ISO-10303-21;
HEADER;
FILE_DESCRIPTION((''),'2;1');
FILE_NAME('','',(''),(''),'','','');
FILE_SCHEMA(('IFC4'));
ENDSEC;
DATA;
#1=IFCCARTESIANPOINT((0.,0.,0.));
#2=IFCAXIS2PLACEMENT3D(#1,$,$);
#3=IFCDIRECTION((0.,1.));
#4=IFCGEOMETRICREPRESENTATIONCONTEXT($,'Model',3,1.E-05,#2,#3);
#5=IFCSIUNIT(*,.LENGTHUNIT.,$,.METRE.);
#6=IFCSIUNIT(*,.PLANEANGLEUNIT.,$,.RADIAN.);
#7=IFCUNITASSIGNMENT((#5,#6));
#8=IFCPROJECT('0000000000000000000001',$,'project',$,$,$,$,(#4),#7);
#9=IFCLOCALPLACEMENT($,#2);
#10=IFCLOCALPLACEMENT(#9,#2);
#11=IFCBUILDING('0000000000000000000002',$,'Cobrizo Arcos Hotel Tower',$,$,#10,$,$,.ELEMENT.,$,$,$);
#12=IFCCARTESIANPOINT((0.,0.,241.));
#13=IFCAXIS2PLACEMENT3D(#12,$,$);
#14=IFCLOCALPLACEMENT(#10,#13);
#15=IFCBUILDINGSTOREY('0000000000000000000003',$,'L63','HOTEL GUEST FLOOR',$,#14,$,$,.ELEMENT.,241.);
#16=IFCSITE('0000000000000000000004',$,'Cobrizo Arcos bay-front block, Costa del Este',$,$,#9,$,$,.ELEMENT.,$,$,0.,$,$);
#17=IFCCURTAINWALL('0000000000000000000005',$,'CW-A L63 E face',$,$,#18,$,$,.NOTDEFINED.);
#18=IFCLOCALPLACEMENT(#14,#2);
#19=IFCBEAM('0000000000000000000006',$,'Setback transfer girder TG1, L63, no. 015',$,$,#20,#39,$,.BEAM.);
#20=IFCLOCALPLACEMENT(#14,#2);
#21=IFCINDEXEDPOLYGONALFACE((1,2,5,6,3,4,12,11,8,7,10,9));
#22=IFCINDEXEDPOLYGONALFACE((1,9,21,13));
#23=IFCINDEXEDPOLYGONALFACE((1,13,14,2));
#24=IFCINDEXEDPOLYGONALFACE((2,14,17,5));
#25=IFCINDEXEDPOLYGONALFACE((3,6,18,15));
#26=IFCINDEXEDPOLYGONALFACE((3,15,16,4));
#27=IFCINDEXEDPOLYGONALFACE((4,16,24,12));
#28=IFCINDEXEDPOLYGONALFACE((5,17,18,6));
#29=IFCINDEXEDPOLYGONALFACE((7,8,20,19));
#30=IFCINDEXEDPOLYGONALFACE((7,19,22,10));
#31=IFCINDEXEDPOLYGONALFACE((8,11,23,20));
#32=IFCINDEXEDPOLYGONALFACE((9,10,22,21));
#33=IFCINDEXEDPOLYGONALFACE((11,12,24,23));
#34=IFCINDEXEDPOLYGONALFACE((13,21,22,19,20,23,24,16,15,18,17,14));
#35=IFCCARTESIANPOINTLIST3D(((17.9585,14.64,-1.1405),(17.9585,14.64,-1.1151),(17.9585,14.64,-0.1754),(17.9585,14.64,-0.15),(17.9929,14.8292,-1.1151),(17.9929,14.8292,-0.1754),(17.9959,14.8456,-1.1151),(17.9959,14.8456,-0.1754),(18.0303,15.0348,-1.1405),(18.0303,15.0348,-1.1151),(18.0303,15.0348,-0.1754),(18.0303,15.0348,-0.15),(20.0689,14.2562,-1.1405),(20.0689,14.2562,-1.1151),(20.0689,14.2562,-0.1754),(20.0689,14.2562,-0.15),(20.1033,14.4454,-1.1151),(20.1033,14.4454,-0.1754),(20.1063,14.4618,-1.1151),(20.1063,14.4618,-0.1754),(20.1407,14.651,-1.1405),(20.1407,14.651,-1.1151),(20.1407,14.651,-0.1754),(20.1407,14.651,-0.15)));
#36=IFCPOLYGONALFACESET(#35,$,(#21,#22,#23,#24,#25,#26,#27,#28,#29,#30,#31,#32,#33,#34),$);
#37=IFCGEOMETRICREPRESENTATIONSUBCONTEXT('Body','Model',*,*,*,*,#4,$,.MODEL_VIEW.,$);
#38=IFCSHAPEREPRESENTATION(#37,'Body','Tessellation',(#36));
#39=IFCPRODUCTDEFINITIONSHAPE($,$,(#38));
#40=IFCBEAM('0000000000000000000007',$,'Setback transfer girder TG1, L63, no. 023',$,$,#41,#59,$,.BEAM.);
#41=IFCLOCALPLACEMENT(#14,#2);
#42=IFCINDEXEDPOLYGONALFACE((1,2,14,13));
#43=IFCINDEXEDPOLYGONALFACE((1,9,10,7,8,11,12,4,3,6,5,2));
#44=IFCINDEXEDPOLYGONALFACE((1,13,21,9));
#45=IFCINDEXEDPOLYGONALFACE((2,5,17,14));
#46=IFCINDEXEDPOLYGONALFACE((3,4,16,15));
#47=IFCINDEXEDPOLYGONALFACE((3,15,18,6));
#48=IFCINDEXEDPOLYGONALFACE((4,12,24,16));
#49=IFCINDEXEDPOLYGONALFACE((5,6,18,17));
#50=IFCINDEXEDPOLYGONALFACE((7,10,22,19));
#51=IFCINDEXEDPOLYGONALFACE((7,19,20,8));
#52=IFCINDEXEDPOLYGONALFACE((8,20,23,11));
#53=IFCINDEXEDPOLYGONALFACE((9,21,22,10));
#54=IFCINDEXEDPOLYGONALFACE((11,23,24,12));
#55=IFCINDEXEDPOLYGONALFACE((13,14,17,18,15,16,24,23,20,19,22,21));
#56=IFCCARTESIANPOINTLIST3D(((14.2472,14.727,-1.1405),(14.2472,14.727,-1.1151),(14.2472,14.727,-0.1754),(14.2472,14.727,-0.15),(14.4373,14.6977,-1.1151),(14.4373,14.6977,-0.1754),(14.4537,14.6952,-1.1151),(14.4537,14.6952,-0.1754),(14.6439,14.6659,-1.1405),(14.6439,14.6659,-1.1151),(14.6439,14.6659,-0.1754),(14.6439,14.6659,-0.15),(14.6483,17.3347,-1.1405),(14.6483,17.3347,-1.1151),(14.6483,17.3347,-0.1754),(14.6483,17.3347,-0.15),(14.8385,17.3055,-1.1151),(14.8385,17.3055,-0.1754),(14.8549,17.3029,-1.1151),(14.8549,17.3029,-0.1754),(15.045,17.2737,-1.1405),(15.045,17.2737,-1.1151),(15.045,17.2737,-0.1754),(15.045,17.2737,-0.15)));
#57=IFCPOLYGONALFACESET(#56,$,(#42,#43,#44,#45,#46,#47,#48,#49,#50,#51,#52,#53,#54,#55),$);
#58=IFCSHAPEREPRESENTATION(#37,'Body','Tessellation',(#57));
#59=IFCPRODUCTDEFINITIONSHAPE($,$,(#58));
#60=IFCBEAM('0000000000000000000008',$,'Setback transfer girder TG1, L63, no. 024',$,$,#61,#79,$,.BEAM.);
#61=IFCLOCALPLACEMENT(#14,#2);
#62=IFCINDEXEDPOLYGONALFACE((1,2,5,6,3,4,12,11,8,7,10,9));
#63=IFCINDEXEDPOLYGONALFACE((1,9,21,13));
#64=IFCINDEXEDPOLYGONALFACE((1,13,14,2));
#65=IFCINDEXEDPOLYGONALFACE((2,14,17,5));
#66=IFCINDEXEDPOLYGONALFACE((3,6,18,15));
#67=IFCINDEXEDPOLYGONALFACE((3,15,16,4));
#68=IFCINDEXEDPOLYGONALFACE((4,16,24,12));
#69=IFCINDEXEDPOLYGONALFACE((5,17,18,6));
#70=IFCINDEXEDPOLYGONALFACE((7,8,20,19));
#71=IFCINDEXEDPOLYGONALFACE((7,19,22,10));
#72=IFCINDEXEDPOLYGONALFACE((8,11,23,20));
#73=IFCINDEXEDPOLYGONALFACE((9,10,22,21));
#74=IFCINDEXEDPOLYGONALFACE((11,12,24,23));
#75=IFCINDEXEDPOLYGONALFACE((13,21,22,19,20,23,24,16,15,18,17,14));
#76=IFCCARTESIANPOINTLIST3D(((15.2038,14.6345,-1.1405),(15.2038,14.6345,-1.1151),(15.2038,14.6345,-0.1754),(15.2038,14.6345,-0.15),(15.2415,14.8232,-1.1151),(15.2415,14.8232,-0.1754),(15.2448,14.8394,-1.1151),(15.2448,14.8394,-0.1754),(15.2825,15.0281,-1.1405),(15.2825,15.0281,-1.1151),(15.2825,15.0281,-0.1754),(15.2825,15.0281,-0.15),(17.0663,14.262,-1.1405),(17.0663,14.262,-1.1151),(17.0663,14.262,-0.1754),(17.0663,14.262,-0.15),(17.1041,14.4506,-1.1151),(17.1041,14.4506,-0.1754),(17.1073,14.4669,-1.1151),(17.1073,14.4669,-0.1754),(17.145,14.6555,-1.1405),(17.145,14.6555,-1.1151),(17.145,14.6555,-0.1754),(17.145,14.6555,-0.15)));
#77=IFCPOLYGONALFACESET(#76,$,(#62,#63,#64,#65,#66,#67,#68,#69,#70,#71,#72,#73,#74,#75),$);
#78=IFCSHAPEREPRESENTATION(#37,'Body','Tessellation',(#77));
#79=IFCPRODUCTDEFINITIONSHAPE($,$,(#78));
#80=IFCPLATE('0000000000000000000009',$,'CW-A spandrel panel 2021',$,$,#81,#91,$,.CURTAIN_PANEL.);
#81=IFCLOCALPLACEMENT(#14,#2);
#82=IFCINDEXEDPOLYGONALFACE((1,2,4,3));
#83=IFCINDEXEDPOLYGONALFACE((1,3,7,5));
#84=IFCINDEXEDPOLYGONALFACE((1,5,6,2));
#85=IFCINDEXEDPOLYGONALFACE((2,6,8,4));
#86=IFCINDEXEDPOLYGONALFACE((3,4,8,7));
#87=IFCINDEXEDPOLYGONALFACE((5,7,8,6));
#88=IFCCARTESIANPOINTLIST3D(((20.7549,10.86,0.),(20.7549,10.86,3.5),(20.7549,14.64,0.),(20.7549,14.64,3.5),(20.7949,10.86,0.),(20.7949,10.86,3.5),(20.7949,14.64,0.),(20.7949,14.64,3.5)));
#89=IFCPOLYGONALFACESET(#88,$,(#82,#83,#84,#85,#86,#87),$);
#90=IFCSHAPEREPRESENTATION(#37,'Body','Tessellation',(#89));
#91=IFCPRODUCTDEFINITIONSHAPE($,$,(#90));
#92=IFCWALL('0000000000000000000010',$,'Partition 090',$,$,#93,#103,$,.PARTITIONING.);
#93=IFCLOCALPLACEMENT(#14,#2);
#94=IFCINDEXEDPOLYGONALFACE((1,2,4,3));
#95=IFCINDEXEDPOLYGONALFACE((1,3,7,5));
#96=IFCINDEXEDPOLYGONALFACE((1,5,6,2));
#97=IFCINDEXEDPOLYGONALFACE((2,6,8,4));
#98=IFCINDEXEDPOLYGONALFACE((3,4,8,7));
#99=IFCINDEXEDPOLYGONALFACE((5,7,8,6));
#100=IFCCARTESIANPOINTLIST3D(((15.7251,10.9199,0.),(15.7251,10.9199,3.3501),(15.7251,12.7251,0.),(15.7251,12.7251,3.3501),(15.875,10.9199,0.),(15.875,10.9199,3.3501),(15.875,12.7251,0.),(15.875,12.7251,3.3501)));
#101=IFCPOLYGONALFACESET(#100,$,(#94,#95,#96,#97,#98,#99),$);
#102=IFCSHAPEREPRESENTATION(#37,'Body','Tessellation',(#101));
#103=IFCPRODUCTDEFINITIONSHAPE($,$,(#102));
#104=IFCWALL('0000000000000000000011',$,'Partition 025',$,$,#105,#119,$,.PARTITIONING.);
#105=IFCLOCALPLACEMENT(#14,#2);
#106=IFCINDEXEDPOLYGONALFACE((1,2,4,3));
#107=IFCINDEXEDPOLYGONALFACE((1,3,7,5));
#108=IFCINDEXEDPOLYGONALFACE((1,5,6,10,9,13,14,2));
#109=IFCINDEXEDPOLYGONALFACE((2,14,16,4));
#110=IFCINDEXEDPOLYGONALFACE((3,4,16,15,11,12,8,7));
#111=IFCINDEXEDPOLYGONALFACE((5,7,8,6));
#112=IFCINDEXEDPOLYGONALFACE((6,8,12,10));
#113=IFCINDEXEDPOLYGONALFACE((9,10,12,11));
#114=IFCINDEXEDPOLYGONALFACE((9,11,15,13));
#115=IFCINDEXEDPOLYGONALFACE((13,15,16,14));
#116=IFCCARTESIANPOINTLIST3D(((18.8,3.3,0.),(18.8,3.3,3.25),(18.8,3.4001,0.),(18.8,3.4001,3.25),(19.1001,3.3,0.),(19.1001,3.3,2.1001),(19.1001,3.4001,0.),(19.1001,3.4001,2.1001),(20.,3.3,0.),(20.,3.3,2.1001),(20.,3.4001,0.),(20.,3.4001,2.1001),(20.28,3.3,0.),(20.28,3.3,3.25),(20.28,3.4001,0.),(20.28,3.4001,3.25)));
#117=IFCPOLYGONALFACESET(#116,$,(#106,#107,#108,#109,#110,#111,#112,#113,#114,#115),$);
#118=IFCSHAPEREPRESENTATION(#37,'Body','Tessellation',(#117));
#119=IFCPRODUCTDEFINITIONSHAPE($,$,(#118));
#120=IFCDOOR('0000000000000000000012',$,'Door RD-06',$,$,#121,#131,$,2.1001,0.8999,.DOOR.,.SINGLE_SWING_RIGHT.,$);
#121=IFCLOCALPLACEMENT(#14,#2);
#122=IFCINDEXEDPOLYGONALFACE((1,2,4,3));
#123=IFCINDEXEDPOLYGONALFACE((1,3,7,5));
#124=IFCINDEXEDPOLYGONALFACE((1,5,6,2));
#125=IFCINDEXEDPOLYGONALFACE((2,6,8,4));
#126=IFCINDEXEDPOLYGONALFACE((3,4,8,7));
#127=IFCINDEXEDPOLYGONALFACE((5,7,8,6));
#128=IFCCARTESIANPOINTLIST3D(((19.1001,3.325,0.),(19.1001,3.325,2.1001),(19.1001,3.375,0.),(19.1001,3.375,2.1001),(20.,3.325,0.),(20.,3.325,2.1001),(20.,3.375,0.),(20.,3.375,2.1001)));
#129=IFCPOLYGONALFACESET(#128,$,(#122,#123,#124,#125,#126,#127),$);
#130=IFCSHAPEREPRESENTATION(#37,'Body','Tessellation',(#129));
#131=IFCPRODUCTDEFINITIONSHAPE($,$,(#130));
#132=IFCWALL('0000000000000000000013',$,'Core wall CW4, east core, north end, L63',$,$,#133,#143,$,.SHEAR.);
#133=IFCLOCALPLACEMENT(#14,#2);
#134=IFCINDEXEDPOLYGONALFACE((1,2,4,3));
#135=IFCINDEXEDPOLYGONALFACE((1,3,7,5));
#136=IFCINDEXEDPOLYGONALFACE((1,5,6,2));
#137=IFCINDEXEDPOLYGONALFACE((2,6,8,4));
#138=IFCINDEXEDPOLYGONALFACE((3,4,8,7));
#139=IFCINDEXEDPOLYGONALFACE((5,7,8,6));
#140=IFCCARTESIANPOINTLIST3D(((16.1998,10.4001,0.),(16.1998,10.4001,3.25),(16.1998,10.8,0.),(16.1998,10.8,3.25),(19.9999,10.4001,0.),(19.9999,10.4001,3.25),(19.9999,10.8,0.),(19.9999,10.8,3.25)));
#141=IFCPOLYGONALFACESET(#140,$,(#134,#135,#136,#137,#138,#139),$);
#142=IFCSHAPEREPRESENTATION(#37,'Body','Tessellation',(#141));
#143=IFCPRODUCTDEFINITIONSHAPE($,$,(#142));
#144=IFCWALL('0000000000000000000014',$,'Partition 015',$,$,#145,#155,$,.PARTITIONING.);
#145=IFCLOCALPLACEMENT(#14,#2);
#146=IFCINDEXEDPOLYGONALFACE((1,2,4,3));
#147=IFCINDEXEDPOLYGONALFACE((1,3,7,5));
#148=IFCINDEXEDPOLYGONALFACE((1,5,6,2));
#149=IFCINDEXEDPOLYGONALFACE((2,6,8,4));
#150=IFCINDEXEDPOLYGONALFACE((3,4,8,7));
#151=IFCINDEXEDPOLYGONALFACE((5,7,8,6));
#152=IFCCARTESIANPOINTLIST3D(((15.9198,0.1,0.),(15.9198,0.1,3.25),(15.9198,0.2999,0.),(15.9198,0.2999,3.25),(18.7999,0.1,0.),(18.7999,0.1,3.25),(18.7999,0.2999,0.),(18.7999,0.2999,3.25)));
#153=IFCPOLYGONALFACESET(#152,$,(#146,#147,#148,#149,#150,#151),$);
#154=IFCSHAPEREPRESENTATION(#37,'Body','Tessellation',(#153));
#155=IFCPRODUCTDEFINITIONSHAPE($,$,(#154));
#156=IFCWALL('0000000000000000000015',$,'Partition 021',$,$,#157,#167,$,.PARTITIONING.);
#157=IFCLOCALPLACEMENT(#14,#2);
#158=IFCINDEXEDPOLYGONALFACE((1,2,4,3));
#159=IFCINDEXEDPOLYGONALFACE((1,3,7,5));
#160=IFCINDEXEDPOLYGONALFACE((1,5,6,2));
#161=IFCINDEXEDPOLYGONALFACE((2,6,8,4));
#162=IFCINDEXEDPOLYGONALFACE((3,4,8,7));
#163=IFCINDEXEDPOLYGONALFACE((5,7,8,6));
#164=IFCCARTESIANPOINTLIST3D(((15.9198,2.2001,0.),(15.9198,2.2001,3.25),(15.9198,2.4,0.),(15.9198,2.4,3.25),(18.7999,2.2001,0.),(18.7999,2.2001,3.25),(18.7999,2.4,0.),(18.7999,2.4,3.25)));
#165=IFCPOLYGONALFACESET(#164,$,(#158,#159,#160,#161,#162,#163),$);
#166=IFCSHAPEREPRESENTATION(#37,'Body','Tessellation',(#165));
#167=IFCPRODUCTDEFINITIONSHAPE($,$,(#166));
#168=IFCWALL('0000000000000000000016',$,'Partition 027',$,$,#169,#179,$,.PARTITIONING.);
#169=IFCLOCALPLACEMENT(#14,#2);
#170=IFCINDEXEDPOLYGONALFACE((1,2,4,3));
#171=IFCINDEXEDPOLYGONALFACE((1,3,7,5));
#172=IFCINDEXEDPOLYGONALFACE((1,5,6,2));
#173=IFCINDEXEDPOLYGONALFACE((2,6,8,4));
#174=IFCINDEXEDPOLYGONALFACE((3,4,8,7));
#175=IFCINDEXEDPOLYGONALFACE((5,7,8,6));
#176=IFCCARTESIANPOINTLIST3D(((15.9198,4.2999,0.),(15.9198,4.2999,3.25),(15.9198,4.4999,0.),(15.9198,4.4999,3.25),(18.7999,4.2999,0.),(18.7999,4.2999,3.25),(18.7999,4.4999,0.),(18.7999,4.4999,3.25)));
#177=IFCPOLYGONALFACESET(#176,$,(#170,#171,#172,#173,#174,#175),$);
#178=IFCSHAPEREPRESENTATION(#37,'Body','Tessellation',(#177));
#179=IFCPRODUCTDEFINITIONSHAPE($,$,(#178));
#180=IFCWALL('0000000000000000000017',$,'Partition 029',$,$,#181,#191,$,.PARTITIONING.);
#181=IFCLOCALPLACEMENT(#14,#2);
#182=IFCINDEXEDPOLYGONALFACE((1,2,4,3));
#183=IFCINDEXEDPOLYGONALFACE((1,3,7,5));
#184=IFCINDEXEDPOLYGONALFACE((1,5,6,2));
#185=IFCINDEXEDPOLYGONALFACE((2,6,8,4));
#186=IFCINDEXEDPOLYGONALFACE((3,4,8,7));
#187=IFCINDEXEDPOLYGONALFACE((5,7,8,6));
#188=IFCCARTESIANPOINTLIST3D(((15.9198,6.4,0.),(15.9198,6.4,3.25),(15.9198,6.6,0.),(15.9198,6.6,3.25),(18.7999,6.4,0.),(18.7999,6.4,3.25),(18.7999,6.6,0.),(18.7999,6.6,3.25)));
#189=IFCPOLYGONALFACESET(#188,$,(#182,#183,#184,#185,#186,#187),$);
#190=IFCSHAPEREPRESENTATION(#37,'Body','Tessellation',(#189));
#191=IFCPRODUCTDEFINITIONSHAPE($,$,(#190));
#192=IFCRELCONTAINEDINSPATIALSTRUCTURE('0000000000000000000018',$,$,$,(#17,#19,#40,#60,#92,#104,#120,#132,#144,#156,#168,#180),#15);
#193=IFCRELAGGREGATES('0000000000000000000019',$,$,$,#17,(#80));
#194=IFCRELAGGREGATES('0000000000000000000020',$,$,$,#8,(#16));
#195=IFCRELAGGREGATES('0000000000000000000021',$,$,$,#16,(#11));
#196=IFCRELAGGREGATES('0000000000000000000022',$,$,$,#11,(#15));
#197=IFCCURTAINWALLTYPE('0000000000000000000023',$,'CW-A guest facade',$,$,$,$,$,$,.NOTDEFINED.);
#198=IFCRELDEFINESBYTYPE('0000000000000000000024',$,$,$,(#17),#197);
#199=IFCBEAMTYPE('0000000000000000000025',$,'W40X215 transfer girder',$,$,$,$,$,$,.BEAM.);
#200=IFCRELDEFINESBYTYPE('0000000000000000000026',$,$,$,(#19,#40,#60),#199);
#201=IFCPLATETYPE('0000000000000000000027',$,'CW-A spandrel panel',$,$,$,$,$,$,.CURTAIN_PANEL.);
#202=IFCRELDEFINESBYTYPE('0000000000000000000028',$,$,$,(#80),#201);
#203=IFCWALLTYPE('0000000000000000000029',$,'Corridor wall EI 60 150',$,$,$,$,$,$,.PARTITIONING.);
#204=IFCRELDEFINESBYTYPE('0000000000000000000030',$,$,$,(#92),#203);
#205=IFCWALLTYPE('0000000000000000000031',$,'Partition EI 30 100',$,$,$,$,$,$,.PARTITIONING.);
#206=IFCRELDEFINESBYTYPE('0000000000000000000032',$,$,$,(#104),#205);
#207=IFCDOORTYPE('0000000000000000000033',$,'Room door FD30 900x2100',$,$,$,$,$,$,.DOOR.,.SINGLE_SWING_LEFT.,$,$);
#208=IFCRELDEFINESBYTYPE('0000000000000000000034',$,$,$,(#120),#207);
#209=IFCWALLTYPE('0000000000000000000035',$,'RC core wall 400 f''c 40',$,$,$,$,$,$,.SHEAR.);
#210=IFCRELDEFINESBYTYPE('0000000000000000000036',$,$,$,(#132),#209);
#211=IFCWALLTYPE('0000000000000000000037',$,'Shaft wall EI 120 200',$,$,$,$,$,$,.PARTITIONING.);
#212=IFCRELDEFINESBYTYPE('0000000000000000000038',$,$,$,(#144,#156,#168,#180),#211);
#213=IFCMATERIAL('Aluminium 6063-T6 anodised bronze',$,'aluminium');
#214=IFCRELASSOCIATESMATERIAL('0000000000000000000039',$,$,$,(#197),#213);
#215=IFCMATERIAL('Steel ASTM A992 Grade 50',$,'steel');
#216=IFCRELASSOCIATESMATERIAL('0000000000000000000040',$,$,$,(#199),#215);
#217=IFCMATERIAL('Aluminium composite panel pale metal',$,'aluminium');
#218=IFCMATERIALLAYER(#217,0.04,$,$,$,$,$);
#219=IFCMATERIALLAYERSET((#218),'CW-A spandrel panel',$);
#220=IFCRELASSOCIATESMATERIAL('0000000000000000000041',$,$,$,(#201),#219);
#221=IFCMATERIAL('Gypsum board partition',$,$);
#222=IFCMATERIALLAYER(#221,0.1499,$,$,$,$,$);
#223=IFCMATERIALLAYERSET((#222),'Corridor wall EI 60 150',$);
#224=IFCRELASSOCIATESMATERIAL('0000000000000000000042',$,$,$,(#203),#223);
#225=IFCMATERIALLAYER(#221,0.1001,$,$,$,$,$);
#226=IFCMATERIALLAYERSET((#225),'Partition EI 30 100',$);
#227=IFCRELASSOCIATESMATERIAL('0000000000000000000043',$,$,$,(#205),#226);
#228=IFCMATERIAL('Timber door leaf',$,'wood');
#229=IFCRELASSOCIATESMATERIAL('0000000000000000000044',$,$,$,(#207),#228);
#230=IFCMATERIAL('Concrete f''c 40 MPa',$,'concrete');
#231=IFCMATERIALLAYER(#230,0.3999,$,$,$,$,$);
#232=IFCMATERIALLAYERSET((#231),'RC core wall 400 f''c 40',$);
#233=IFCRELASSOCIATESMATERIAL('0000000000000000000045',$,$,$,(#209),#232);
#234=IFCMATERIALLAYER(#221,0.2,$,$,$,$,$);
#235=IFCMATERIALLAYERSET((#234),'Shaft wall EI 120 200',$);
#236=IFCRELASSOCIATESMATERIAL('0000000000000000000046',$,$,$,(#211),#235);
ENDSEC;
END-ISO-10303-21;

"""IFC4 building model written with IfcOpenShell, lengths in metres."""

from ifc_helpers import new_model, si_unit, direction, frame, frame_2d, origin, origin_2d, place, context, subcontext, project, spatial, rectangle, i_section, extrude, material, layer, layer_set, material_profile, profile_set, type_object, element, fill, aggregate, save


model = new_model("IFC4")

# Units and contexts
model_context = context("Model", 3, precision=1e-05, world=origin(), true_north=direction((0.0, 1.0)))
body_context = subcontext(model_context, "Body", "Model", "MODEL_VIEW")
ifc_project = project(units=[si_unit("LENGTHUNIT", "METRE"), si_unit("PLANEANGLEUNIT", "RADIAN")], contexts=[model_context])

# Site, building, storey
site_placement = place(None, origin())
site = spatial("IfcSite", under=ifc_project, at=site_placement, Name="Cobrizo Arcos bay-front block, Costa del Este", CompositionType="ELEMENT", RefElevation=0.0)
building_placement = place(site_placement, origin())
building = spatial("IfcBuilding", under=site, at=building_placement, Name="Cobrizo Arcos Hotel Tower", CompositionType="ELEMENT")
storey_placement = place(building_placement, frame((0.0, 0.0, 241.0)))
storey = spatial("IfcBuildingStorey", under=building, at=storey_placement, Name="L63", Description="HOTEL GUEST FLOOR", CompositionType="ELEMENT", Elevation=241.0)

# Curtain wall
ifc_material_1 = material(Name="Aluminium 6063-T6 anodised bronze", Category="aluminium")
curtain_wall_type = type_object("IfcCurtainWallType", Name="CW-A guest facade", PredefinedType="NOTDEFINED", material=ifc_material_1)
curtain_wall_placement = place(storey_placement, origin())
curtain_wall = element("IfcCurtainWall", 1, at=curtain_wall_placement, inside=storey, type_object=curtain_wall_type, Name="CW-A L63 E face", PredefinedType="NOTDEFINED")

# Beams
ifc_material_2 = material(Name="Steel ASTM A992 Grade 50", Category="steel")
ifc_material_profile_1 = material_profile(ifc_material_2, i_section(OverallWidth=0.4014, OverallDepth=0.9905, WebThickness=0.0166, FlangeThickness=0.0254, at=origin_2d()), Name="W40X215")
ifc_profile_set_1 = profile_set([ifc_material_profile_1], Name="Steel ASTM A992 Grade 50")
beam_type_1 = type_object("IfcBeamType", Name="W40X215 transfer girder", PredefinedType="BEAM", material=ifc_profile_set_1)
for number, where, z_axis, x_axis, name in (
    (2, (17.9944, 14.8374, -0.6453), (0.983863, -0.178926, 0.0), (0.178926, 0.983863, 0.0), "Setback transfer girder TG1, L63, no. 015"),
):
    element("IfcBeam", number, at=place(storey_placement, frame(where, z_axis=z_axis, x_axis=x_axis)), inside=storey, type_object=beam_type_1, Name=name, PredefinedType="BEAM", context=body_context, shape_type="SweptSolid", body=[
        extrude(i_section(OverallWidth=0.4014, OverallDepth=0.9905, WebThickness=0.0166, FlangeThickness=0.0254, at=origin_2d()), origin(), (0.0, 0.0, 1.0), 2.145),
    ])
beam_1_placement = place(storey_placement, frame((14.8467, 17.3042, -0.6453), z_axis=(-0.152036, -0.988375, 0.0), x_axis=(0.988375, -0.152036, 0.0)))
element("IfcBeam", 3, at=beam_1_placement, inside=storey, type_object=beam_type_1, Name="Setback transfer girder TG1, L63, no. 023", PredefinedType="BEAM", context=body_context, shape_type="SweptSolid", body=[
    extrude(i_section(OverallWidth=0.4014, OverallDepth=0.9905, WebThickness=0.0166, FlangeThickness=0.0254, at=origin_2d()), origin(), (0.0, 0.0, 1.0), 2.6384),
])
beam_2_placement = place(storey_placement, frame((15.2432, 14.8313, -0.6453), z_axis=(0.980576, -0.196141, 0.0), x_axis=(0.196141, 0.980576, 0.0)))
element("IfcBeam", 4, at=beam_2_placement, inside=storey, type_object=beam_type_1, Name="Setback transfer girder TG1, L63, no. 024", PredefinedType="BEAM", context=body_context, shape_type="SweptSolid", body=[
    extrude(i_section(OverallWidth=0.4014, OverallDepth=0.9905, WebThickness=0.0166, FlangeThickness=0.0254, at=origin_2d()), origin(), (0.0, 0.0, 1.0), 1.8994),
])

# Plate
ifc_material_3 = material(Name="Aluminium composite panel pale metal", Category="aluminium")
ifc_layer_1 = layer(ifc_material_3, 0.04)
ifc_layer_set_1 = layer_set([ifc_layer_1], Name="CW-A spandrel panel")
plate_type = type_object("IfcPlateType", Name="CW-A spandrel panel", PredefinedType="CURTAIN_PANEL", material=ifc_layer_set_1)
plate_placement = place(storey_placement, frame((20.7749, 12.75, 0.0), z_axis=(0.0, 0.0, 1.0), x_axis=(0.0, 1.0, 0.0)))
plate = element("IfcPlate", 5, at=plate_placement, type_object=plate_type, Name="CW-A spandrel panel 2021", PredefinedType="CURTAIN_PANEL", context=body_context, shape_type="SweptSolid", body=[
    extrude(rectangle(XDim=3.78, YDim=0.04, at=origin_2d()), origin(), (0.0, 0.0, 1.0), 3.5),
])
aggregate(curtain_wall, [plate])

# Wall
ifc_material_4 = material(Name="Gypsum board partition")
ifc_layer_2 = layer(ifc_material_4, 0.1499)
ifc_layer_set_2 = layer_set([ifc_layer_2], Name="Corridor wall EI 60 150")
wall_type_1 = type_object("IfcWallType", Name="Corridor wall EI 60 150", PredefinedType="PARTITIONING", material=ifc_layer_set_2)
wall_1_placement = place(storey_placement, frame((15.8, 10.9199, 0.0), z_axis=(0.0, 0.0, 1.0), x_axis=(0.0, 1.0, 0.0)))
element("IfcWall", 6, at=wall_1_placement, inside=storey, type_object=wall_type_1, Name="Partition 090", PredefinedType="PARTITIONING", context=body_context, shape_type="SweptSolid", body=[
    extrude(rectangle(XDim=1.8052, YDim=0.1499, at=frame_2d((0.9026, 0.0))), origin(), (0.0, 0.0, 1.0), 3.3501),
])

# Wall, opening, door
ifc_layer_3 = layer(ifc_material_4, 0.1001)
ifc_layer_set_3 = layer_set([ifc_layer_3], Name="Partition EI 30 100")
wall_type_2 = type_object("IfcWallType", Name="Partition EI 30 100", PredefinedType="PARTITIONING", material=ifc_layer_set_3)
wall_2_placement = place(storey_placement, frame((18.8, 3.3501, 0.0), z_axis=(0.0, 0.0, 1.0), x_axis=(1.0, 0.0, 0.0)))
wall_2 = element("IfcWall", 7, at=wall_2_placement, inside=storey, type_object=wall_type_2, Name="Partition 025", PredefinedType="PARTITIONING", context=body_context, shape_type="SweptSolid", body=[
    extrude(rectangle(XDim=1.48, YDim=0.1001, at=frame_2d((0.74, 0.0))), origin(), (0.0, 0.0, 1.0), 3.25),
])
opening_placement = place(wall_2_placement, frame((0.3, 0.0, 0.0)))
opening = element("IfcOpeningElement", 8, at=opening_placement, cuts=wall_2, PredefinedType="OPENING", context=body_context, shape_type="SweptSolid", body=[
    extrude(rectangle(XDim=0.8999, YDim=2.1001, at=frame_2d((0.45, 1.05))), frame((0.0, 0.062, 0.0), z_axis=(0.0, -1.0, 0.0), x_axis=(1.0, 0.0, 0.0)), (0.0, 0.0, 1.0), 0.124),
])
ifc_material_5 = material(Name="Timber door leaf", Category="wood")
door_type = type_object("IfcDoorType", Name="Room door FD30 900x2100", OperationType="SINGLE_SWING_LEFT", PredefinedType="DOOR", material=ifc_material_5)
door_placement = place(opening_placement, origin())
door = element("IfcDoor", 9, at=door_placement, inside=storey, type_object=door_type, Name="Door RD-06", OperationType="SINGLE_SWING_RIGHT", OverallHeight=2.1001, OverallWidth=0.8999, PredefinedType="DOOR", context=body_context, shape_type="SweptSolid", body=[
    extrude(rectangle(XDim=0.8999, YDim=2.1001, at=frame_2d((0.45, 1.05))), frame((0.0, 0.0249, 0.0), z_axis=(0.0, -1.0, 0.0), x_axis=(1.0, 0.0, 0.0)), (0.0, 0.0, 1.0), 0.05),
])
fill(opening, door)

# Walls
ifc_material_6 = material(Name="Concrete f'c 40 MPa", Category="concrete")
ifc_layer_4 = layer(ifc_material_6, 0.3999)
ifc_layer_set_4 = layer_set([ifc_layer_4], Name="RC core wall 400 f'c 40")
wall_type_3 = type_object("IfcWallType", Name="RC core wall 400 f'c 40", PredefinedType="SHEAR", material=ifc_layer_set_4)
wall_3_placement = place(storey_placement, frame((16.2, 10.6001, 0.0), z_axis=(0.0, 0.0, 1.0), x_axis=(1.0, 0.0, 0.0)))
element("IfcWall", 10, at=wall_3_placement, inside=storey, type_object=wall_type_3, Name="Core wall CW4, east core, north end, L63", PredefinedType="SHEAR", context=body_context, shape_type="SweptSolid", body=[
    extrude(rectangle(XDim=3.8, YDim=0.3999, at=frame_2d((1.8999, 0.0))), origin(), (0.0, 0.0, 1.0), 3.25),
])
ifc_layer_5 = layer(ifc_material_4, 0.2)
ifc_layer_set_5 = layer_set([ifc_layer_5], Name="Shaft wall EI 120 200")
wall_type_4 = type_object("IfcWallType", Name="Shaft wall EI 120 200", PredefinedType="PARTITIONING", material=ifc_layer_set_5)
for number, where, z_axis, x_axis, name in (
    (11, (15.9199, 0.2, 0.0), (0.0, 0.0, 1.0), (1.0, 0.0, 0.0), "Partition 015"),
    (12, (15.9199, 2.3, 0.0), (0.0, 0.0, 1.0), (1.0, 0.0, 0.0), "Partition 021"),
    (13, (15.9199, 4.3999, 0.0), (0.0, 0.0, 1.0), (1.0, 0.0, 0.0), "Partition 027"),
    (14, (15.9199, 6.5, 0.0), (0.0, 0.0, 1.0), (1.0, 0.0, 0.0), "Partition 029"),
):
    element("IfcWall", number, at=place(storey_placement, frame(where, z_axis=z_axis, x_axis=x_axis)), inside=storey, type_object=wall_type_4, Name=name, PredefinedType="PARTITIONING", context=body_context, shape_type="SweptSolid", body=[
        extrude(rectangle(XDim=2.8801, YDim=0.2, at=frame_2d((1.4399, 0.0))), origin(), (0.0, 0.0, 1.0), 3.25),
    ])

save(model, "model.ifc")
